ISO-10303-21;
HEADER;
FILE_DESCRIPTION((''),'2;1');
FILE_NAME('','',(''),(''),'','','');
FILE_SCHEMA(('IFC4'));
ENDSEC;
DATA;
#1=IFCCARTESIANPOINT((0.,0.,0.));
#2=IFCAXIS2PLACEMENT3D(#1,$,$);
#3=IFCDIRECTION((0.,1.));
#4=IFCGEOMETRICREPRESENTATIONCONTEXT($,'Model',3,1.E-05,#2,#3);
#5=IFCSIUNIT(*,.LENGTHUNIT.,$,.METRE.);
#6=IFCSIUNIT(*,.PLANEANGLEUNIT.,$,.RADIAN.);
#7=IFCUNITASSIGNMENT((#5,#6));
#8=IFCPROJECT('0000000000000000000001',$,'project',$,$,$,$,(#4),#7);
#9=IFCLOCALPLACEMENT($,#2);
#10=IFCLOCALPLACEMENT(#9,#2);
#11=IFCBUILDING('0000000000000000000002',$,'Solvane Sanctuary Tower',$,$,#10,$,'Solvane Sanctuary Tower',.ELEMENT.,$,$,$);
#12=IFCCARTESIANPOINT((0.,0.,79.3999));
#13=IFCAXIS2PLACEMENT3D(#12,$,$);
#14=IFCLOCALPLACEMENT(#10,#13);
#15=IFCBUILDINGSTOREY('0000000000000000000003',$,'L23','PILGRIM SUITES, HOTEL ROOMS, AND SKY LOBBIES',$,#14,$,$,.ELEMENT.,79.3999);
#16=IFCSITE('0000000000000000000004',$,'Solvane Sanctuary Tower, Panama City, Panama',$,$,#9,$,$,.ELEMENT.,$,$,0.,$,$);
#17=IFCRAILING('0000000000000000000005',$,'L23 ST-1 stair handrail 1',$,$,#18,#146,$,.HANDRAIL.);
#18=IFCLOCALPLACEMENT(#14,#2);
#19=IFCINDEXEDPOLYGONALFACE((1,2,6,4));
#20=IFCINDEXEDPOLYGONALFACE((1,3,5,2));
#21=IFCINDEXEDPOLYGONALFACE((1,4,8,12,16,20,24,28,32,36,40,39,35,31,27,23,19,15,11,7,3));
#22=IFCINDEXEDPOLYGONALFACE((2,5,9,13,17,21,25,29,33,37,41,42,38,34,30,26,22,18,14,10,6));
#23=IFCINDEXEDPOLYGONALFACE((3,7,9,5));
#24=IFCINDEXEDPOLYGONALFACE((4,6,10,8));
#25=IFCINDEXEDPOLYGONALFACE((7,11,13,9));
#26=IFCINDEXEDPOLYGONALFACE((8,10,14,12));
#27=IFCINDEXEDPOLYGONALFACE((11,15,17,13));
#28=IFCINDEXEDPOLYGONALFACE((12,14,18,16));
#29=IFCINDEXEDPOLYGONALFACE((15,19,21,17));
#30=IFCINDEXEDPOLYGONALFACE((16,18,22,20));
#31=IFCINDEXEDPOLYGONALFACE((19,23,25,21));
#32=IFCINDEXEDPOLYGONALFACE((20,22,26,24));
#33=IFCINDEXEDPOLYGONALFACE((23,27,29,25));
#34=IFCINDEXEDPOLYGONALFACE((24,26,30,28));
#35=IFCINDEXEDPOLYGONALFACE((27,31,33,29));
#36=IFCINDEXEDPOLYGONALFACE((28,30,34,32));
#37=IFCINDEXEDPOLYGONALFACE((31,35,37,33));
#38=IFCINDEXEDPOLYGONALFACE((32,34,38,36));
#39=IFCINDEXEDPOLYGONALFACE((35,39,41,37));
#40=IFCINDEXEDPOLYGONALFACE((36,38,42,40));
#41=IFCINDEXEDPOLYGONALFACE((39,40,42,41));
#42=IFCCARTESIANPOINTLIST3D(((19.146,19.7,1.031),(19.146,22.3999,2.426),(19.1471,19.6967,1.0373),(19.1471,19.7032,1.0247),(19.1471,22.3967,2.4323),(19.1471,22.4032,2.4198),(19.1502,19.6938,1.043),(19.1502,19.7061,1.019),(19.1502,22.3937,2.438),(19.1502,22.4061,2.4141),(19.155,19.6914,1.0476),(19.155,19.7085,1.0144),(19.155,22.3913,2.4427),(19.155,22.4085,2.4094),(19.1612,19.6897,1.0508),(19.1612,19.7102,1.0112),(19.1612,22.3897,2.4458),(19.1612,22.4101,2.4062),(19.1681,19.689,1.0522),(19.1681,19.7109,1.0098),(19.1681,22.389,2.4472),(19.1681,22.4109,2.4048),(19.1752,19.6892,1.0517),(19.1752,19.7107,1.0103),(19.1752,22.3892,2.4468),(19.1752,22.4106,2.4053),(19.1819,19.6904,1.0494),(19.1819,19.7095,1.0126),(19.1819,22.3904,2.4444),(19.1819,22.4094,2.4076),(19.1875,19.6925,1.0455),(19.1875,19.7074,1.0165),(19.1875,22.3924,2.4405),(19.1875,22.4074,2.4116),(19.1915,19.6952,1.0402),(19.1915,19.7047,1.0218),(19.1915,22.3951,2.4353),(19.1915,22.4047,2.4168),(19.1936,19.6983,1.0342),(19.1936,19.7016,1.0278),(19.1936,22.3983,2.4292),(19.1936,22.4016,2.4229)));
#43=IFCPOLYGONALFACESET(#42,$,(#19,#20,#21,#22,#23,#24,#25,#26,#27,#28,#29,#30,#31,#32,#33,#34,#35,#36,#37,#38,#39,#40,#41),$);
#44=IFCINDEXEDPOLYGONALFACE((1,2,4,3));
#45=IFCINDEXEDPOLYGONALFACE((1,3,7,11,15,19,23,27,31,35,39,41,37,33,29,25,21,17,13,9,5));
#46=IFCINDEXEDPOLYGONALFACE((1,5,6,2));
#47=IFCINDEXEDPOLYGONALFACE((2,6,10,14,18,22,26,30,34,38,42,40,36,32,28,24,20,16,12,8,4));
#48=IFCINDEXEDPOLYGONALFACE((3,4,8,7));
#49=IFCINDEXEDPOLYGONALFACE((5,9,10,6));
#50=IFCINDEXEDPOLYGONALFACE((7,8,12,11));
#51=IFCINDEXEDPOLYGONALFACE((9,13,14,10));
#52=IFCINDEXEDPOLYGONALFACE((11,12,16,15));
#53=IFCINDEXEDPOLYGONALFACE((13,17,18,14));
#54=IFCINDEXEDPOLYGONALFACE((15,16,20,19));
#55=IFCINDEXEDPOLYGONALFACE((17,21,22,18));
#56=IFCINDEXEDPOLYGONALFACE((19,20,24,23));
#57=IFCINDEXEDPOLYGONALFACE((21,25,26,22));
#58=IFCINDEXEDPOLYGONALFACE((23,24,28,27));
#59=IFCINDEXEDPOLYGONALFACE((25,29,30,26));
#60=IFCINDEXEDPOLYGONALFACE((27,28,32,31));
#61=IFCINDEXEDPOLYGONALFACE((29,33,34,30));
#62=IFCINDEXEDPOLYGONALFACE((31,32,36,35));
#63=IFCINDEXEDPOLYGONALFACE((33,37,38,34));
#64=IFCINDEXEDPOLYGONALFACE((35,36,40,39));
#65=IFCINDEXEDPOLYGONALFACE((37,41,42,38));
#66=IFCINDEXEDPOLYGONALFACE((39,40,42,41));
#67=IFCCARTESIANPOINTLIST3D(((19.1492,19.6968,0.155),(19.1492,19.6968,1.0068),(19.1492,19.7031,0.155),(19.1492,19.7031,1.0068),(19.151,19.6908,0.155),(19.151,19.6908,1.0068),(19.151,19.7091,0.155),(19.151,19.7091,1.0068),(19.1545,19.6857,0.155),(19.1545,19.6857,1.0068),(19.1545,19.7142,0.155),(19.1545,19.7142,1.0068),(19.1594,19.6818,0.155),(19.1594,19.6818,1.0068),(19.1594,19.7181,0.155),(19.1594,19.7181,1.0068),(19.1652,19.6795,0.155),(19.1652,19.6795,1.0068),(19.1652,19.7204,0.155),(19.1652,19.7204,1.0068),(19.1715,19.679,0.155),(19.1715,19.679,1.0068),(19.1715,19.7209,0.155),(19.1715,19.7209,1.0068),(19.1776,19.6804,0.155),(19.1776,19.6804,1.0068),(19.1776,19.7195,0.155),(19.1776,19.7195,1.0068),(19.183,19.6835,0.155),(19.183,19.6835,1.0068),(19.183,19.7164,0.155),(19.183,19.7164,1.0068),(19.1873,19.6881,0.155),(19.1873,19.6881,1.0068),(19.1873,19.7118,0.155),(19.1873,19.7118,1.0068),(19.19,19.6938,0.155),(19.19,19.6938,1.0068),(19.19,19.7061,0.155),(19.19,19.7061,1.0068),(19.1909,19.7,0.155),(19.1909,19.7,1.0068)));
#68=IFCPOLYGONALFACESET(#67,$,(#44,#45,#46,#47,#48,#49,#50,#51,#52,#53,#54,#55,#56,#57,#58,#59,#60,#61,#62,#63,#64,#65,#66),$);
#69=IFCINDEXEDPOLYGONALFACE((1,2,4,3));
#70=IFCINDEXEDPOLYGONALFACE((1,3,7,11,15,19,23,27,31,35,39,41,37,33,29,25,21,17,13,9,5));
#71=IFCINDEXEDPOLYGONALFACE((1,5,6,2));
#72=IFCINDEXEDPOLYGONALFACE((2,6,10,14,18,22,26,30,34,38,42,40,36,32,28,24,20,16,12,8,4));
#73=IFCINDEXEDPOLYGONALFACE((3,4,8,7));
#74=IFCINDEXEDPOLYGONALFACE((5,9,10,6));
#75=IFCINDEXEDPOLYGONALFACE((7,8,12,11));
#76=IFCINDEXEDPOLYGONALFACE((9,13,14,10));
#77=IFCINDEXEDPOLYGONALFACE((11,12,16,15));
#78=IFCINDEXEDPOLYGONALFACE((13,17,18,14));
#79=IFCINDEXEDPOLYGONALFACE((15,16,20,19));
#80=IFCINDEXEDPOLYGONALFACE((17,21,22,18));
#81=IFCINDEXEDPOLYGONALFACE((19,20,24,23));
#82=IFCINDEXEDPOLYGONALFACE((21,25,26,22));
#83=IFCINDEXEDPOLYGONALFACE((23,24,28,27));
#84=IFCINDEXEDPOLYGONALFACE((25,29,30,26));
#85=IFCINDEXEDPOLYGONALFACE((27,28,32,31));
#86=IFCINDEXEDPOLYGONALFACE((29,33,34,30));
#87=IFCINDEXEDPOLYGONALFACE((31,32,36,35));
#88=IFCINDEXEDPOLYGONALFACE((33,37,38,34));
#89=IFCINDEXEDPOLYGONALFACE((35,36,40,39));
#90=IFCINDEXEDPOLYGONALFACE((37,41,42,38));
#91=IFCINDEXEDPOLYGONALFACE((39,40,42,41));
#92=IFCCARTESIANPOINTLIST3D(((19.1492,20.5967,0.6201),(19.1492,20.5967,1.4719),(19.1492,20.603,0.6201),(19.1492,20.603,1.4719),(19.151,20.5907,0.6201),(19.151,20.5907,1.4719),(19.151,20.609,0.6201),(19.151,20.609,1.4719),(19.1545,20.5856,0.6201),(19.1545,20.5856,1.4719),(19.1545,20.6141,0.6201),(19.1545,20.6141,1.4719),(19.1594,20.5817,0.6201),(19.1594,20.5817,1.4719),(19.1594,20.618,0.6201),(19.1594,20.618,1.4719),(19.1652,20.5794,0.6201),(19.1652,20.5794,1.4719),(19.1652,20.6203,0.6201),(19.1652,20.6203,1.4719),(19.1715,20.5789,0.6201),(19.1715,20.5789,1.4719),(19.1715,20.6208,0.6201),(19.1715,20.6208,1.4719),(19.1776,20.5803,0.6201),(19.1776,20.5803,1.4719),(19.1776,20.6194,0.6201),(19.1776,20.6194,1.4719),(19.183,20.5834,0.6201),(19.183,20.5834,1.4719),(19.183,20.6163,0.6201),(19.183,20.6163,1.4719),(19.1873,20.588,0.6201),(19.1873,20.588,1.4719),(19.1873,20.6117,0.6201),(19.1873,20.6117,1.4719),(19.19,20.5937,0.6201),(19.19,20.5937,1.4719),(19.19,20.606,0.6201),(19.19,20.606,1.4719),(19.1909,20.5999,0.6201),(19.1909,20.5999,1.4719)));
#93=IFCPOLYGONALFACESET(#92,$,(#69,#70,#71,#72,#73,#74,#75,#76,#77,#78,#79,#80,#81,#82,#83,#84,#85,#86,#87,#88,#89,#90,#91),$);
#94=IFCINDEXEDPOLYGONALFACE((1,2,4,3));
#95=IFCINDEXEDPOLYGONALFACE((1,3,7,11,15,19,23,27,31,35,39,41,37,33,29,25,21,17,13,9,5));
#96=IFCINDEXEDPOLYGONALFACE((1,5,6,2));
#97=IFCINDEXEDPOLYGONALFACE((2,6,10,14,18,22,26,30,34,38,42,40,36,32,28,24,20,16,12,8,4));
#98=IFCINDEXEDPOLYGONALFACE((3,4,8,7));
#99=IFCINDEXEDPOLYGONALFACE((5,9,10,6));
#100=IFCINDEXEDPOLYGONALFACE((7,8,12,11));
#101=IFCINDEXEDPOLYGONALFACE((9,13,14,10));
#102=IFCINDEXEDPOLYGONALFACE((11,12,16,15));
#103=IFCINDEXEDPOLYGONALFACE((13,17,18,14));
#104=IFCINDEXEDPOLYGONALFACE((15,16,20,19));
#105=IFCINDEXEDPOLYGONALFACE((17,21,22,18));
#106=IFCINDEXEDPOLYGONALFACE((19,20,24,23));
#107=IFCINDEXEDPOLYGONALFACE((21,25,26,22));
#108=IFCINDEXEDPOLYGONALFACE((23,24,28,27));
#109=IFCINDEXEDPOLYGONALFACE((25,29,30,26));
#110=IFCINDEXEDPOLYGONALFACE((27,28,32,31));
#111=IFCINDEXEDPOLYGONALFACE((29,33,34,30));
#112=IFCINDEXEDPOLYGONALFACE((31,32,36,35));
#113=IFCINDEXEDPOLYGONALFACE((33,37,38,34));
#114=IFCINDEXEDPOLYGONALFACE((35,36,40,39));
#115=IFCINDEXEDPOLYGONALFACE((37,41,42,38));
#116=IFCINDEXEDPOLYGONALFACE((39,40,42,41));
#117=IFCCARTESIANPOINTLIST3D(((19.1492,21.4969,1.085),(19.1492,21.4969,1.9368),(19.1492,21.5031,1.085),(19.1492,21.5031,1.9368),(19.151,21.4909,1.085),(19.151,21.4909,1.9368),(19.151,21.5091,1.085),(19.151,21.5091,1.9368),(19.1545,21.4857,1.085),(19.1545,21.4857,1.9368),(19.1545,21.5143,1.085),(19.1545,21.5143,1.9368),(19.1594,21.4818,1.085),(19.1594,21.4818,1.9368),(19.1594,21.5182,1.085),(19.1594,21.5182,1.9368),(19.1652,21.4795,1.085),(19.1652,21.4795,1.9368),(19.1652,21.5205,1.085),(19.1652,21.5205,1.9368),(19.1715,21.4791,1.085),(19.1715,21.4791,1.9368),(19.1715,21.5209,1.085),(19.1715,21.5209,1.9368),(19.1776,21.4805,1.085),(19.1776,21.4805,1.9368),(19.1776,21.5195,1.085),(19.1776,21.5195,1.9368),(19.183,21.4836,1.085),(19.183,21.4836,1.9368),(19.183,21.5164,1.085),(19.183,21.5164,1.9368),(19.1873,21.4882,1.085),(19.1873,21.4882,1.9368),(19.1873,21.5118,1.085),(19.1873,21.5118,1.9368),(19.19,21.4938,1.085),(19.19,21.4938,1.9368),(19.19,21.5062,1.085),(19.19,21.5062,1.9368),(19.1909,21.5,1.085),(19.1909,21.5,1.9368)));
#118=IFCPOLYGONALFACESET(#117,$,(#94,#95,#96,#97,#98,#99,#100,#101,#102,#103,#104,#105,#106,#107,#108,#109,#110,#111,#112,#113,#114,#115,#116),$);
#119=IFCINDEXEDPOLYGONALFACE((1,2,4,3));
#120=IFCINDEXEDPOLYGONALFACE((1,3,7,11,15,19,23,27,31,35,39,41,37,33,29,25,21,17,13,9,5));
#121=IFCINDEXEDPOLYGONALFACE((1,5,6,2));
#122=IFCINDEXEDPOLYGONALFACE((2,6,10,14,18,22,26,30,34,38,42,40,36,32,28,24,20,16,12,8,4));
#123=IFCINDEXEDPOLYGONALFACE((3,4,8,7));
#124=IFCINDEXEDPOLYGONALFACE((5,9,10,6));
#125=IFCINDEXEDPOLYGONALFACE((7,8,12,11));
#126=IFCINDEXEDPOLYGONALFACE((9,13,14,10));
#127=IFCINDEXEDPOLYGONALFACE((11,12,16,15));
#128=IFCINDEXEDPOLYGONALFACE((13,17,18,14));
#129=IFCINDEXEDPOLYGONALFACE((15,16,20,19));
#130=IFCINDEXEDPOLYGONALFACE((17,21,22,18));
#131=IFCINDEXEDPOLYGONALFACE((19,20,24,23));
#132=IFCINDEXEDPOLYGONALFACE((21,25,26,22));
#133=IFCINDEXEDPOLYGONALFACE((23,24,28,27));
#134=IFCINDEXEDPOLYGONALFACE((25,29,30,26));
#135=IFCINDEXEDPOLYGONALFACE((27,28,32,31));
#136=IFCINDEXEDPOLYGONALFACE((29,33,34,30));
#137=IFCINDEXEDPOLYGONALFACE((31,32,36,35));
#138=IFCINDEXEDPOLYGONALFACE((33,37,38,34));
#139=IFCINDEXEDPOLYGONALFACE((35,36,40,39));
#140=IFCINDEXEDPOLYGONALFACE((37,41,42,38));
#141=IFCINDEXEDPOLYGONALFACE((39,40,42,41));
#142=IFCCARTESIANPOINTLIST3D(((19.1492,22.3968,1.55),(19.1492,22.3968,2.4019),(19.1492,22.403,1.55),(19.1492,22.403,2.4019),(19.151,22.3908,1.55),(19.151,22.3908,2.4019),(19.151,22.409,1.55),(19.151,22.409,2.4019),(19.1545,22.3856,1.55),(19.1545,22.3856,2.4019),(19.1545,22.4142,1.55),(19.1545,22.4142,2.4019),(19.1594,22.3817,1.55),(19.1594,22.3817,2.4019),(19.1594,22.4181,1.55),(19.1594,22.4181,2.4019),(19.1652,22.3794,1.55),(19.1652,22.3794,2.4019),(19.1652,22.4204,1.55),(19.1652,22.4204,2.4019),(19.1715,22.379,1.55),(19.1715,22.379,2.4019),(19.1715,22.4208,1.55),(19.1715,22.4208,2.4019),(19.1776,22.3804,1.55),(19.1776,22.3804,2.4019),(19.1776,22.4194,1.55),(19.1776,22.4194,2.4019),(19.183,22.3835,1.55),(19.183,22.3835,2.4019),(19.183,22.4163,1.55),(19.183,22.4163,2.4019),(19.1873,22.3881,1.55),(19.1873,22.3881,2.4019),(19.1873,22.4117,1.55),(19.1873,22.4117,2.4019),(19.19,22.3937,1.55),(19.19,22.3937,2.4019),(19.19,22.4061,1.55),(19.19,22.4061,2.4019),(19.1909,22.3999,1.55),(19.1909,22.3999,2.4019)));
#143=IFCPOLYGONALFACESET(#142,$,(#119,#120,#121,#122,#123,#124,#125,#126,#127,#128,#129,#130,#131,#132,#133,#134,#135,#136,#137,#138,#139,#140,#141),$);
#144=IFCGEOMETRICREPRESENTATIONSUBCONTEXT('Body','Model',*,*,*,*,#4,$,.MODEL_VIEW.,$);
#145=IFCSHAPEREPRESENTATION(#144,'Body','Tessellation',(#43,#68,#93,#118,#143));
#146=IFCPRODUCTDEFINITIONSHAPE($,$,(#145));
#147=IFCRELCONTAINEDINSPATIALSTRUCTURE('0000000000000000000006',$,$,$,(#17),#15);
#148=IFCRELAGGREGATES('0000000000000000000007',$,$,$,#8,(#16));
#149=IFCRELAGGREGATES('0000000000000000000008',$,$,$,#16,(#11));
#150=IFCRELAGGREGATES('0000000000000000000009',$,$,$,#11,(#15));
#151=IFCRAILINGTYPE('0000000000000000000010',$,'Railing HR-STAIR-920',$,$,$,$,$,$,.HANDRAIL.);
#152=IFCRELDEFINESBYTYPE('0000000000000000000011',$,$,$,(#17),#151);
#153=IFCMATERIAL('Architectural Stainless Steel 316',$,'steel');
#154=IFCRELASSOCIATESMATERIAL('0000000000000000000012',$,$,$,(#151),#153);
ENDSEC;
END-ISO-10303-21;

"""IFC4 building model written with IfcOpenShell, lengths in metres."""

from ifc_helpers import new_model, si_unit, direction, frame, origin, origin_2d, place, context, subcontext, project, spatial, circle, extrude, material, type_object, element, save


model = new_model("IFC4")

# Units and contexts
model_context = context("Model", 3, precision=1e-05, world=origin(), true_north=direction((0.0, 1.0)))
body_context = subcontext(model_context, "Body", "Model", "MODEL_VIEW")
ifc_project = project(units=[si_unit("LENGTHUNIT", "METRE"), si_unit("PLANEANGLEUNIT", "RADIAN")], contexts=[model_context])

# Site, building, storey
site_placement = place(None, origin())
site = spatial("IfcSite", under=ifc_project, at=site_placement, Name="Solvane Sanctuary Tower, Panama City, Panama", CompositionType="ELEMENT", RefElevation=0.0)
building_placement = place(site_placement, origin())
building = spatial("IfcBuilding", under=site, at=building_placement, Name="Solvane Sanctuary Tower", LongName="Solvane Sanctuary Tower", CompositionType="ELEMENT")
storey_placement = place(building_placement, frame((0.0, 0.0, 79.3999)))
storey = spatial("IfcBuildingStorey", under=building, at=storey_placement, Name="L23", Description="PILGRIM SUITES, HOTEL ROOMS, AND SKY LOBBIES", CompositionType="ELEMENT", Elevation=79.3999)

# Shared definitions
ifc_material_1 = material(Name="Architectural Stainless Steel 316", Category="steel")

# Railing
railing_type_1 = type_object("IfcRailingType", Name="Railing HR-STAIR-920", PredefinedType="HANDRAIL", material=ifc_material_1)
railing_1_placement = place(storey_placement, frame((19.1699, 19.7, 0.155)))
element("IfcRailing", 1, at=railing_1_placement, inside=storey, type_object=railing_type_1, Name="L23 ST-1 stair handrail 1", PredefinedType="HANDRAIL", context=body_context, shape_type="SweptSolid", body=[
    extrude(circle(Radius=0.0239, at=origin_2d()), frame((0.0, 0.0, 0.876), z_axis=(0.0, 0.88842, 0.459032), x_axis=(-1.0, 0.0, 0.0)), (0.0, 0.0, 1.0), 3.0391),
    extrude(circle(Radius=0.021, at=origin_2d()), origin(), (0.0, 0.0, 1.0), 0.8518),
    extrude(circle(Radius=0.021, at=origin_2d()), frame((0.0, 0.8999, 0.4651)), (0.0, 0.0, 1.0), 0.8518),
    extrude(circle(Radius=0.021, at=origin_2d()), frame((0.0, 1.8, 0.9299)), (0.0, 0.0, 1.0), 0.8518),
    extrude(circle(Radius=0.021, at=origin_2d()), frame((0.0, 2.7, 1.395)), (0.0, 0.0, 1.0), 0.8518),
])

save(model, "model.ifc")
